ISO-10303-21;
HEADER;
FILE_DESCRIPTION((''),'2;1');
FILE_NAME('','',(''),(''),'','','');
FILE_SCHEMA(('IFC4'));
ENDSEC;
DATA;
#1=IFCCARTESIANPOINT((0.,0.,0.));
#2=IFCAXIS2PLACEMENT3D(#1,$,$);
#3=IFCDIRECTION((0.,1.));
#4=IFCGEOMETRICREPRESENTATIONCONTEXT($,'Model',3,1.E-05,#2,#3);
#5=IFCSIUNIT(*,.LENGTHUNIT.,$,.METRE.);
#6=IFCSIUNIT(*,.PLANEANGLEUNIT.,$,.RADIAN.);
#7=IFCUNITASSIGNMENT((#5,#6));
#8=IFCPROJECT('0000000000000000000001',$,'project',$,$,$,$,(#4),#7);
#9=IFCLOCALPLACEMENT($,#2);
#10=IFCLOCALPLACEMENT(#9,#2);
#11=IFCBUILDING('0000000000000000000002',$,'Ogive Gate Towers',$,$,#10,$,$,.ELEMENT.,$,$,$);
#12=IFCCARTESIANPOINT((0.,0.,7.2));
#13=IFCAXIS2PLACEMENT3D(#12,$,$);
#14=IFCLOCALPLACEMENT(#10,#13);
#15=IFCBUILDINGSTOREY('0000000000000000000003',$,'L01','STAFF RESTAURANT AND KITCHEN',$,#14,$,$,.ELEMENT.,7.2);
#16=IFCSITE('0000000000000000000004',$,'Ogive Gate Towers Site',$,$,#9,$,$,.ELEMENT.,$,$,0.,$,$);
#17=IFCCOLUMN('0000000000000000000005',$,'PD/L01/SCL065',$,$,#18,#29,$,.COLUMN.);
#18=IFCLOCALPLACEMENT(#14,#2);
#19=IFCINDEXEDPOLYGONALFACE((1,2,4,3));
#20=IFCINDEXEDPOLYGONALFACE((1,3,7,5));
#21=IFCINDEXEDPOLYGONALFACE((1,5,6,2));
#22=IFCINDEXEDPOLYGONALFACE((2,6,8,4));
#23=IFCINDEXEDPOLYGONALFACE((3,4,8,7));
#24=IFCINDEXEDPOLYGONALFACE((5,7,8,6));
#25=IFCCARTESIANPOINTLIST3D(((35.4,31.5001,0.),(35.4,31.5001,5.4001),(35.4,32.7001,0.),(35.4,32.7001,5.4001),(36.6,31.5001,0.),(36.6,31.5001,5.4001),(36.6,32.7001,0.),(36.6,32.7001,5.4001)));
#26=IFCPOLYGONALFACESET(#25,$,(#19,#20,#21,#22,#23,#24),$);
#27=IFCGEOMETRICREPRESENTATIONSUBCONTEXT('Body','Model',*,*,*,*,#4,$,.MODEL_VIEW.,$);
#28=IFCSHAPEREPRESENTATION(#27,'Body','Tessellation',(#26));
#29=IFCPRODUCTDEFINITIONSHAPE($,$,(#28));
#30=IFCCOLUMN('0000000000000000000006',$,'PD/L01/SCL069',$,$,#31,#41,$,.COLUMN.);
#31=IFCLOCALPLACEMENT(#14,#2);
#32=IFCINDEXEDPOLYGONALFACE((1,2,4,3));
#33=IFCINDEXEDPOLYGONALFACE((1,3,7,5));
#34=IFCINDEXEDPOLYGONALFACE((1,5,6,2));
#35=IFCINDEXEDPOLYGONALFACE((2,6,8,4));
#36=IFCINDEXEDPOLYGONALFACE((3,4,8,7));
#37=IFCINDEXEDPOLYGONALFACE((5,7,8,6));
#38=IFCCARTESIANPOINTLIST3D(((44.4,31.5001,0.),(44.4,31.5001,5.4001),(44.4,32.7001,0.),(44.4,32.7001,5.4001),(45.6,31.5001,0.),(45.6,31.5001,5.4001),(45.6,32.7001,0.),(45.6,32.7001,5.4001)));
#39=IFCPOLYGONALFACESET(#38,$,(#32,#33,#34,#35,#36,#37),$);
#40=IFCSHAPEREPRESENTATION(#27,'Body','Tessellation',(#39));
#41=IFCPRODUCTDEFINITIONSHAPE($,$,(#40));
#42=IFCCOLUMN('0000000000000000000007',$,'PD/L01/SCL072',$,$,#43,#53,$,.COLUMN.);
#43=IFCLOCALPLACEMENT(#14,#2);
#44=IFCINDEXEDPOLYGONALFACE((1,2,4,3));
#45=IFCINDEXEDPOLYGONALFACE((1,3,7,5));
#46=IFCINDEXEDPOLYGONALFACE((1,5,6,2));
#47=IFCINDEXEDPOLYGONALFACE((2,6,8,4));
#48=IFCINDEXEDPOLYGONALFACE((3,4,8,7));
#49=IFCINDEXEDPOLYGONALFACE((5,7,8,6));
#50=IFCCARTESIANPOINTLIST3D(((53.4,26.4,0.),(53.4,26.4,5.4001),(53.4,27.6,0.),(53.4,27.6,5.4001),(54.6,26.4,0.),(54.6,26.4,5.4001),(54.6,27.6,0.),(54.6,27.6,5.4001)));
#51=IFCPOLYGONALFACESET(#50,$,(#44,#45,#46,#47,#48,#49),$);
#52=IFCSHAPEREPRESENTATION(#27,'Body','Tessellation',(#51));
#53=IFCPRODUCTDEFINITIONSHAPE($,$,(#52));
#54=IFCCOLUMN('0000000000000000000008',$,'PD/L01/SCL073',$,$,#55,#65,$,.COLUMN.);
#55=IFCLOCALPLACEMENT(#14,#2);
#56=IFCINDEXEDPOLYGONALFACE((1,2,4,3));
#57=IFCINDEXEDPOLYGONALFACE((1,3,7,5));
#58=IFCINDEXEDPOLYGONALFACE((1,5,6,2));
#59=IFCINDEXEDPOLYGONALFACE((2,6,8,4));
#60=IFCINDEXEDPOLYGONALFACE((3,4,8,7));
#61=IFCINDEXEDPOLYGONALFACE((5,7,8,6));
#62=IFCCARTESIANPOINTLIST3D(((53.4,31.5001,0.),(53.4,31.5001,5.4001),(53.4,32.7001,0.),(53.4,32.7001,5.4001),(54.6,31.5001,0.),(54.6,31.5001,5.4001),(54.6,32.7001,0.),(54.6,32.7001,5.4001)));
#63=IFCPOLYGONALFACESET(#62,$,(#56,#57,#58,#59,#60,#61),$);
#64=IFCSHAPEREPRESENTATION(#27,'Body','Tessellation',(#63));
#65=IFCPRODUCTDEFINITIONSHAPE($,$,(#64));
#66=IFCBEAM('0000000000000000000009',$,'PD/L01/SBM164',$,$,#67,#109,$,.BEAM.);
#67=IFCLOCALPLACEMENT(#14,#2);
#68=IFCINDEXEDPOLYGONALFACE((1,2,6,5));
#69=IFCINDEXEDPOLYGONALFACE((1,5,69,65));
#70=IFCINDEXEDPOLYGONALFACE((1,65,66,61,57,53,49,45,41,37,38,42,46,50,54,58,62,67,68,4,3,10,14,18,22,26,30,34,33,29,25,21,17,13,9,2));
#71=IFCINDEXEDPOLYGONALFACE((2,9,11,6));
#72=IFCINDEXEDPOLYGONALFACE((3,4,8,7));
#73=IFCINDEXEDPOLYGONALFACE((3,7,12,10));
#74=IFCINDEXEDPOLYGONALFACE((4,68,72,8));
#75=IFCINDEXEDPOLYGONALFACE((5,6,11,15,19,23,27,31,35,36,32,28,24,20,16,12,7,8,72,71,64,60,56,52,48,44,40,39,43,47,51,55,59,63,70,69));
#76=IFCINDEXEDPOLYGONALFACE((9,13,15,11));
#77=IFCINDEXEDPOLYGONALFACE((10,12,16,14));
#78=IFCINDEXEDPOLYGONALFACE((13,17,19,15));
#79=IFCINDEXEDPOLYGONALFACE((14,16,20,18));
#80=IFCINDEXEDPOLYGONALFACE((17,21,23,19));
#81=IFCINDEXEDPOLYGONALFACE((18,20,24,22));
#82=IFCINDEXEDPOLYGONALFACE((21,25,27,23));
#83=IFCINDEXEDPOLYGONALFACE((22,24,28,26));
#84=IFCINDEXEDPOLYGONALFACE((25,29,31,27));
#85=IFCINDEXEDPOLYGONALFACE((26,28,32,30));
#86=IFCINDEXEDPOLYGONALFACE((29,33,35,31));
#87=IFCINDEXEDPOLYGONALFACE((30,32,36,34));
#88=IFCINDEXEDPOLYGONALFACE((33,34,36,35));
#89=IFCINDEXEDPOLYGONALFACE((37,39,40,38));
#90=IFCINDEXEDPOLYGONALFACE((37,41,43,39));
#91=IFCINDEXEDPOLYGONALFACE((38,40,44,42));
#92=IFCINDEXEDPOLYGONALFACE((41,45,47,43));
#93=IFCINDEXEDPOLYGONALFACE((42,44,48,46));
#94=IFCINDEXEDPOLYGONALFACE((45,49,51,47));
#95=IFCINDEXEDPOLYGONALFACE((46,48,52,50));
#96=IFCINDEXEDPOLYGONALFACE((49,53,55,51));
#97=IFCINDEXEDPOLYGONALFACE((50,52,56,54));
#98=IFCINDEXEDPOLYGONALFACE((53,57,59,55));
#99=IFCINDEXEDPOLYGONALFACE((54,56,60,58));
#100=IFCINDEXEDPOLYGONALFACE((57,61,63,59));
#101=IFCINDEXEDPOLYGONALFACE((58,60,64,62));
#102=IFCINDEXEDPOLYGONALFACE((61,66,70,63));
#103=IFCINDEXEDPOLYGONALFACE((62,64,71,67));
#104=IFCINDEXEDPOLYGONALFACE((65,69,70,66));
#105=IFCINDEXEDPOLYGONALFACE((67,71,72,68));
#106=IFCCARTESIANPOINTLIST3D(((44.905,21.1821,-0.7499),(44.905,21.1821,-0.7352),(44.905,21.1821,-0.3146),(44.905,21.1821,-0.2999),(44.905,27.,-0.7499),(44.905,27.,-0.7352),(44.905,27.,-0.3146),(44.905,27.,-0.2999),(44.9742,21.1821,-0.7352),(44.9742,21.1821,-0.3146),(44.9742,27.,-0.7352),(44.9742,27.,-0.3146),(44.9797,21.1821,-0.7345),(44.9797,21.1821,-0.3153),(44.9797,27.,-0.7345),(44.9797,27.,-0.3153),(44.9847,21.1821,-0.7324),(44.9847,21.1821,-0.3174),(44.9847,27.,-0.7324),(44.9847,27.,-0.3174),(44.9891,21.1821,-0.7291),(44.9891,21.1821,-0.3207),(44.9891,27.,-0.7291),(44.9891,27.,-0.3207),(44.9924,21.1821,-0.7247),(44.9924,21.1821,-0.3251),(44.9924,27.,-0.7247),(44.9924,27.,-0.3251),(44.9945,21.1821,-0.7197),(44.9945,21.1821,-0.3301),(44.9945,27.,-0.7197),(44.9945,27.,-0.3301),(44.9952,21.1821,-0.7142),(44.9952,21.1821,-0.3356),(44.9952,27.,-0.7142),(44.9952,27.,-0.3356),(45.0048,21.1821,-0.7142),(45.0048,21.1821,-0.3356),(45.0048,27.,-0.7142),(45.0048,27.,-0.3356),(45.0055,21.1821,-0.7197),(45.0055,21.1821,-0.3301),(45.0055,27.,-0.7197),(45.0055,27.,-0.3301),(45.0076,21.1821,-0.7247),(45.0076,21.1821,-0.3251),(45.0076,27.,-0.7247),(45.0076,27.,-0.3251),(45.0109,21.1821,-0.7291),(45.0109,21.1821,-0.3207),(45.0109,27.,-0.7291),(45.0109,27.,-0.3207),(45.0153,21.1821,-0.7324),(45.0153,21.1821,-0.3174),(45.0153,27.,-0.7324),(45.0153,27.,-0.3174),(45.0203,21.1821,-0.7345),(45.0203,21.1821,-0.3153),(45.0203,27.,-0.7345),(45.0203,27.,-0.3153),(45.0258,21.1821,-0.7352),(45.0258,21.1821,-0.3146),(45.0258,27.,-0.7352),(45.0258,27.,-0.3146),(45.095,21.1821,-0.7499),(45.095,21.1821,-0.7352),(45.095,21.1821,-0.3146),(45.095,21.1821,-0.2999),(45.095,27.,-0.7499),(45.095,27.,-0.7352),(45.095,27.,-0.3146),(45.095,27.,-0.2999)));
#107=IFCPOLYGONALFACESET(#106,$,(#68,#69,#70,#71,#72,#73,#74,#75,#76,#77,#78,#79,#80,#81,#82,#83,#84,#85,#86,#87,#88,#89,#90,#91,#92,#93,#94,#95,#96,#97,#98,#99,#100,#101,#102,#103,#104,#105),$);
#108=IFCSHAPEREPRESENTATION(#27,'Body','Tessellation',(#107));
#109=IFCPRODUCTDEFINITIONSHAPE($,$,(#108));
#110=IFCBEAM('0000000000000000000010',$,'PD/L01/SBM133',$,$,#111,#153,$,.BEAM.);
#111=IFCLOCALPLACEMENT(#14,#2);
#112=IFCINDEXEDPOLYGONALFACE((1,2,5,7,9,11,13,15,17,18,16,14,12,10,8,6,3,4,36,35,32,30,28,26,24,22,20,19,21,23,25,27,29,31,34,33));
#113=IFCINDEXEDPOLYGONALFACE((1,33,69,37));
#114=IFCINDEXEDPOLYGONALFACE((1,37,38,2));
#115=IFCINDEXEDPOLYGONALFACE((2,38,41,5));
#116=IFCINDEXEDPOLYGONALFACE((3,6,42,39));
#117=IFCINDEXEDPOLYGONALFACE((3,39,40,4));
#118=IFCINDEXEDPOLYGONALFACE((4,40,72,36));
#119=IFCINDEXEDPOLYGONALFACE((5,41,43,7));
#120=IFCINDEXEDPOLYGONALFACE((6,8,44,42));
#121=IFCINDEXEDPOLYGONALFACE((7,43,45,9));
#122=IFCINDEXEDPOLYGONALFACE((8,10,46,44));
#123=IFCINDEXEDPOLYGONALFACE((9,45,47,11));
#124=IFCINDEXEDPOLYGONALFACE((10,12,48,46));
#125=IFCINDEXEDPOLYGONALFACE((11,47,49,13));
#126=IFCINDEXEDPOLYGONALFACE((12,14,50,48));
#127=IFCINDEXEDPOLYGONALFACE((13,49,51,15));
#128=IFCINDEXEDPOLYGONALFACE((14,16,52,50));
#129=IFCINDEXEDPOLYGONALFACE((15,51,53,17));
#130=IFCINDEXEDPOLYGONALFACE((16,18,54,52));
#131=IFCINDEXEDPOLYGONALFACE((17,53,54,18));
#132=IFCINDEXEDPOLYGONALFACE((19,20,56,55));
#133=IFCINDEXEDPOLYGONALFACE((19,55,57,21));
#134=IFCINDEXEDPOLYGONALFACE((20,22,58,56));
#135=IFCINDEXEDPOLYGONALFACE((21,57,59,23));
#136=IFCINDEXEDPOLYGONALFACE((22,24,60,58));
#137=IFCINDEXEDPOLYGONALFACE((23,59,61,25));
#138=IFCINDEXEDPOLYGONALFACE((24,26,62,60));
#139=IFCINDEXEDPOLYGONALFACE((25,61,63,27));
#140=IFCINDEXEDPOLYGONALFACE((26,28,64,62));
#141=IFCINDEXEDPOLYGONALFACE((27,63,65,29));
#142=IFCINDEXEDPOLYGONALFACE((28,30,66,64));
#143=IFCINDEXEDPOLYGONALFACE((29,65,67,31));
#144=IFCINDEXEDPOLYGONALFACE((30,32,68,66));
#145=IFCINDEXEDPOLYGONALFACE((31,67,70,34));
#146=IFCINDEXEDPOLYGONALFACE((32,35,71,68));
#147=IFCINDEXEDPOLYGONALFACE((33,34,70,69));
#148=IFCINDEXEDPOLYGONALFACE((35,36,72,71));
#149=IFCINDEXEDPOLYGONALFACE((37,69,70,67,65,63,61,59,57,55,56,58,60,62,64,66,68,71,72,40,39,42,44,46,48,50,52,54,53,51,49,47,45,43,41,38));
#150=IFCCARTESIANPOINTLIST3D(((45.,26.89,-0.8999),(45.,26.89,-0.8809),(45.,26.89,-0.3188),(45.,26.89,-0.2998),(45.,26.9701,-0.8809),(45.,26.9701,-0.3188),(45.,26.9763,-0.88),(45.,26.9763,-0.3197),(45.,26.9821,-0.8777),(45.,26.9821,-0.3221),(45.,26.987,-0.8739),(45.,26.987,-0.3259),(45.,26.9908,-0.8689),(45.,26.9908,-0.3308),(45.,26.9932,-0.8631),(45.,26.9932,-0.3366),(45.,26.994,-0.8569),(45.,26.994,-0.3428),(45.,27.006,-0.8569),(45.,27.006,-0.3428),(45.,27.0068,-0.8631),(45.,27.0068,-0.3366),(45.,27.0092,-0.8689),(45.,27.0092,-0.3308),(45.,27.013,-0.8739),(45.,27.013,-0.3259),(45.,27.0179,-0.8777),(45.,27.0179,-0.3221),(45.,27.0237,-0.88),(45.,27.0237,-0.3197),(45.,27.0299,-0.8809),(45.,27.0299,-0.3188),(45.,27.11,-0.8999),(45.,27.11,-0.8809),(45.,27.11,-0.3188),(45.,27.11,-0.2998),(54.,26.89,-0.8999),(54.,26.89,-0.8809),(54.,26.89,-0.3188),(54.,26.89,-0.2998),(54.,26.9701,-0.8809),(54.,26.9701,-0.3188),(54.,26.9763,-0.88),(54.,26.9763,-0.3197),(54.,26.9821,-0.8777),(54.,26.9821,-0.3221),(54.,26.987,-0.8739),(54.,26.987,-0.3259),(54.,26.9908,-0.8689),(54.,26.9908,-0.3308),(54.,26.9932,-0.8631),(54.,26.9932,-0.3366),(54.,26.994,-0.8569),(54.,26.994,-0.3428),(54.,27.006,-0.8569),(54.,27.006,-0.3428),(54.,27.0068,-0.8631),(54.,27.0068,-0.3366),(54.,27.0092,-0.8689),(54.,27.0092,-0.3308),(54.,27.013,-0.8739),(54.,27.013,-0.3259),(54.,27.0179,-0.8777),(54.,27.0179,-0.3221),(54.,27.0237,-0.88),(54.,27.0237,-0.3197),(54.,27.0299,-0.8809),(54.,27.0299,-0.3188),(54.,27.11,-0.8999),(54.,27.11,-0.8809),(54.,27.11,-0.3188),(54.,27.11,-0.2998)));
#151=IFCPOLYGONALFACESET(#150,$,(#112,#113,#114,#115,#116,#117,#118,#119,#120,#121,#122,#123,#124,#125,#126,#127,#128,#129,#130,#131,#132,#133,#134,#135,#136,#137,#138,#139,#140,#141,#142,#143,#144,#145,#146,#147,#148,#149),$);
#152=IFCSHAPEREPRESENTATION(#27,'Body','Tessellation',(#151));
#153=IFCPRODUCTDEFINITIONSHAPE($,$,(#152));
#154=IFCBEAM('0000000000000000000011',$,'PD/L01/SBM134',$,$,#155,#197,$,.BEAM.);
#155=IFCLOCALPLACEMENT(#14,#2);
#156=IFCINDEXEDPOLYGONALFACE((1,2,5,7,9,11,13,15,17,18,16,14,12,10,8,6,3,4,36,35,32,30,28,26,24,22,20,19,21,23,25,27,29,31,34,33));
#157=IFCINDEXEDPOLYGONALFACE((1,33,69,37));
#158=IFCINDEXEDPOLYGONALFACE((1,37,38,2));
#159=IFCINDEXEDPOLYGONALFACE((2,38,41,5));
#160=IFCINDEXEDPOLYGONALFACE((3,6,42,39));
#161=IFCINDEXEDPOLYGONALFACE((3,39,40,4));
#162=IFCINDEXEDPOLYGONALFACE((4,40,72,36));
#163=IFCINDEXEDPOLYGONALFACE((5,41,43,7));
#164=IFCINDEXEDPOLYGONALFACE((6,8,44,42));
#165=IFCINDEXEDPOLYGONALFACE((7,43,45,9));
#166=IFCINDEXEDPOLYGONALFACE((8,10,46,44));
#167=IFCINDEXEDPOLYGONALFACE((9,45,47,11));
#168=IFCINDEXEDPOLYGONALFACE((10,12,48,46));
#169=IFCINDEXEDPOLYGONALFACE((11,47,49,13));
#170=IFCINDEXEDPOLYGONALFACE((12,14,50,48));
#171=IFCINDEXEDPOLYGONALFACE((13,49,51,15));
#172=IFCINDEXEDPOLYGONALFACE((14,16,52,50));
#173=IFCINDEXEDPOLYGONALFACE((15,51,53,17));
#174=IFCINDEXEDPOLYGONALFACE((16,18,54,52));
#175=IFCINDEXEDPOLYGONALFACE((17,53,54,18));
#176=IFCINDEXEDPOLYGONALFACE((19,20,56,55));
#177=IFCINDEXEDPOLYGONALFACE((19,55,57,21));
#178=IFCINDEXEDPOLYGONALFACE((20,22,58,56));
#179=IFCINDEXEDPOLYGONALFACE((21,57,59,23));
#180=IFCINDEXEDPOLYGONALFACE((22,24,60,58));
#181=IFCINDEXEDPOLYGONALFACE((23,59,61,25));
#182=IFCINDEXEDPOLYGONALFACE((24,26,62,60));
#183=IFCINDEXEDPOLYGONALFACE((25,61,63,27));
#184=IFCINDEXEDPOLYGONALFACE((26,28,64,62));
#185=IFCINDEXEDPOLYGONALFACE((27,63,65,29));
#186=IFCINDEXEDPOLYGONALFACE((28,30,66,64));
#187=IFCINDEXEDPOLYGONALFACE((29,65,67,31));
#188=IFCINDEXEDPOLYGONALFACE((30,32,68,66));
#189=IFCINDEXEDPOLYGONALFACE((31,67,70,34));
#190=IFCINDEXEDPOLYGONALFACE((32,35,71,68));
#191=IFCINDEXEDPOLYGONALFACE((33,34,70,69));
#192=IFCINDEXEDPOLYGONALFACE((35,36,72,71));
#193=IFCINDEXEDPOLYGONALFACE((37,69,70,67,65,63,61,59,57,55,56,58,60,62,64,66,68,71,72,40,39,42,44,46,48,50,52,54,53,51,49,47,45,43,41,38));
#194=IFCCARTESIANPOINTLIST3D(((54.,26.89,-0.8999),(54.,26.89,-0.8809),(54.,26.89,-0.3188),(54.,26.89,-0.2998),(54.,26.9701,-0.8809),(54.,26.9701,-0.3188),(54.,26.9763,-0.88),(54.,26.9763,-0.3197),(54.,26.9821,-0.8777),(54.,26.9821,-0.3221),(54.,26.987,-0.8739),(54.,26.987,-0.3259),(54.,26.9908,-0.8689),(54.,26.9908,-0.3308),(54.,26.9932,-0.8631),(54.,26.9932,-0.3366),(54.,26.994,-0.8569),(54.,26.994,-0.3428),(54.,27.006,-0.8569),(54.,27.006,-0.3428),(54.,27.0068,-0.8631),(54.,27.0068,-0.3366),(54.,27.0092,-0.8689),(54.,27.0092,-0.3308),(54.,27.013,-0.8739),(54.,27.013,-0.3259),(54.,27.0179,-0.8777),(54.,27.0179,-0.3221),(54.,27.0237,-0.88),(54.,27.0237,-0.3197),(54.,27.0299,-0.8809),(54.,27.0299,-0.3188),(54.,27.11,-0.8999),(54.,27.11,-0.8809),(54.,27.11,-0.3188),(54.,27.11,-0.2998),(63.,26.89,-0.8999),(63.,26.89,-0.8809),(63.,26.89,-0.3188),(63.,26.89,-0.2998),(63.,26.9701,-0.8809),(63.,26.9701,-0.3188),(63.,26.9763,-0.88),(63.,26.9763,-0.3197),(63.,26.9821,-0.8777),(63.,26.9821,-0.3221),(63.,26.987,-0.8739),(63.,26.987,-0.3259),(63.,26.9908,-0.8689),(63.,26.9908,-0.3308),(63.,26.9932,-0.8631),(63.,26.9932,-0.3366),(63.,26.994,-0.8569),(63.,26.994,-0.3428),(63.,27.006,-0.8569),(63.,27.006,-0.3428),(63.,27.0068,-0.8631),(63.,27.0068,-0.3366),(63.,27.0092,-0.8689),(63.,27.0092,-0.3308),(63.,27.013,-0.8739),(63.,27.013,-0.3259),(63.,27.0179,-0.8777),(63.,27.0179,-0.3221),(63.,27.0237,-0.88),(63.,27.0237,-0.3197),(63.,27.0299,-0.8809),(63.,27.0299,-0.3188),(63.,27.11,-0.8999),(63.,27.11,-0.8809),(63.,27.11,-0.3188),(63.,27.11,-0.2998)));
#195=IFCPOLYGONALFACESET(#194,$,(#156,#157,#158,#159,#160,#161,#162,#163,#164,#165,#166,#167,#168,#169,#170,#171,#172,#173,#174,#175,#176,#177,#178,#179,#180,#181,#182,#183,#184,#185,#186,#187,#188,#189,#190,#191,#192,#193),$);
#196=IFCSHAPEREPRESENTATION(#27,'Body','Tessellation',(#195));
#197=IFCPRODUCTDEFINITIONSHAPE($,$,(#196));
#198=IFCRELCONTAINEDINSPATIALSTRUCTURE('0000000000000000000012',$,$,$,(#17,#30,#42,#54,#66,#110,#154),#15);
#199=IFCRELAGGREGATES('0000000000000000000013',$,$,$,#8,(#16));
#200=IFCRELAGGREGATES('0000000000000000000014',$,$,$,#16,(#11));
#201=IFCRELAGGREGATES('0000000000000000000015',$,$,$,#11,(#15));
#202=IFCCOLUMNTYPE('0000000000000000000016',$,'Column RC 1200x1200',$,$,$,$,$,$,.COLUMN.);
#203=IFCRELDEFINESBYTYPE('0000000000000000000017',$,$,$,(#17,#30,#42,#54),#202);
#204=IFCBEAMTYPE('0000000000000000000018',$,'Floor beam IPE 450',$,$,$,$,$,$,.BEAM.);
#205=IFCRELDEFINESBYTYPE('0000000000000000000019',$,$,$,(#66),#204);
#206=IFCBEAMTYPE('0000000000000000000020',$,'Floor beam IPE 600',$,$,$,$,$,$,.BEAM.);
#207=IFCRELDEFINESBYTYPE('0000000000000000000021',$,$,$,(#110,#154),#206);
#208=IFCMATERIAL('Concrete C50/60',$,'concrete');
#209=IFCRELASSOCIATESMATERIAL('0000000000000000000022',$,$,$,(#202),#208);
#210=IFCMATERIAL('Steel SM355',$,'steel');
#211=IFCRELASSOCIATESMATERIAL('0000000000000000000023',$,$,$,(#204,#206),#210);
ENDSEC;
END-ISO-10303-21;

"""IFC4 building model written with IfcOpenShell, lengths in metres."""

from ifc_helpers import new_model, si_unit, direction, frame, origin, origin_2d, place, context, subcontext, project, spatial, rectangle, i_section, extrude, material, material_profile, profile_set, type_object, element, save


model = new_model("IFC4")

# Units and contexts
model_context = context("Model", 3, precision=1e-05, world=origin(), true_north=direction((0.0, 1.0)))
body_context = subcontext(model_context, "Body", "Model", "MODEL_VIEW")
ifc_project = project(units=[si_unit("LENGTHUNIT", "METRE"), si_unit("PLANEANGLEUNIT", "RADIAN")], contexts=[model_context])

# Site, building, storey
site_placement = place(None, origin())
site = spatial("IfcSite", under=ifc_project, at=site_placement, Name="Ogive Gate Towers Site", CompositionType="ELEMENT", RefElevation=0.0)
building_placement = place(site_placement, origin())
building = spatial("IfcBuilding", under=site, at=building_placement, Name="Ogive Gate Towers", CompositionType="ELEMENT")
storey_placement = place(building_placement, frame((0.0, 0.0, 7.2)))
storey = spatial("IfcBuildingStorey", under=building, at=storey_placement, Name="L01", Description="STAFF RESTAURANT AND KITCHEN", CompositionType="ELEMENT", Elevation=7.2)

# Columns
ifc_material_1 = material(Name="Concrete C50/60", Category="concrete")
ifc_material_profile_1 = material_profile(ifc_material_1, rectangle(XDim=1.2, YDim=1.2, at=origin_2d()), Name="RC 1200x1200")
ifc_profile_set_1 = profile_set([ifc_material_profile_1], Name="Concrete C50/60")
column_type = type_object("IfcColumnType", Name="Column RC 1200x1200", PredefinedType="COLUMN", material=ifc_profile_set_1)
for number, where, z_axis, x_axis, name in (
    (1, (36.0, 32.1001, 0.0), (0.0, 0.0, 1.0), (1.0, 0.0, 0.0), "PD/L01/SCL065"),
    (2, (45.0, 32.1001, 0.0), (0.0, 0.0, 1.0), (1.0, 0.0, 0.0), "PD/L01/SCL069"),
    (3, (54.0, 27.0, 0.0), (0.0, 0.0, 1.0), (1.0, 0.0, 0.0), "PD/L01/SCL072"),
    (4, (54.0, 32.1001, 0.0), (0.0, 0.0, 1.0), (1.0, 0.0, 0.0), "PD/L01/SCL073"),
):
    element("IfcColumn", number, at=place(storey_placement, frame(where, z_axis=z_axis, x_axis=x_axis)), inside=storey, type_object=column_type, Name=name, PredefinedType="COLUMN", context=body_context, shape_type="SweptSolid", body=[
        extrude(rectangle(XDim=1.2, YDim=1.2, at=origin_2d()), origin(), (0.0, 0.0, 1.0), 5.4001),
    ])

# Beams
ifc_material_2 = material(Name="Steel SM355", Category="steel")
ifc_material_profile_2 = material_profile(ifc_material_2, i_section(OverallWidth=0.1899, OverallDepth=0.45, WebThickness=0.0095, FlangeThickness=0.0146, FilletRadius=0.021, at=origin_2d()), Name="IPE 450")
ifc_profile_set_2 = profile_set([ifc_material_profile_2], Name="Steel SM355")
beam_type_1 = type_object("IfcBeamType", Name="Floor beam IPE 450", PredefinedType="BEAM", material=ifc_profile_set_2)
beam_placement = place(storey_placement, frame((45.0, 27.0, -0.5249), z_axis=(0.0, -1.0, 0.0), x_axis=(1.0, 0.0, 0.0)))
element("IfcBeam", 5, at=beam_placement, inside=storey, type_object=beam_type_1, Name="PD/L01/SBM164", PredefinedType="BEAM", context=body_context, shape_type="SweptSolid", body=[
    extrude(i_section(OverallWidth=0.1899, OverallDepth=0.45, WebThickness=0.0095, FlangeThickness=0.0146, FilletRadius=0.021, at=origin_2d()), origin(), (0.0, 0.0, 1.0), 5.8179),
])
ifc_material_profile_3 = material_profile(ifc_material_2, i_section(OverallWidth=0.22, OverallDepth=0.6001, WebThickness=0.012, FlangeThickness=0.019, FilletRadius=0.0239, at=origin_2d()), Name="IPE 600")
ifc_profile_set_3 = profile_set([ifc_material_profile_3], Name="Steel SM355")
beam_type_2 = type_object("IfcBeamType", Name="Floor beam IPE 600", PredefinedType="BEAM", material=ifc_profile_set_3)
for number, where, z_axis, x_axis, name in (
    (6, (45.0, 27.0, -0.5999), (1.0, 0.0, 0.0), (0.0, 1.0, 0.0), "PD/L01/SBM133"),
    (7, (54.0, 27.0, -0.5999), (1.0, 0.0, 0.0), (0.0, 1.0, 0.0), "PD/L01/SBM134"),
):
    element("IfcBeam", number, at=place(storey_placement, frame(where, z_axis=z_axis, x_axis=x_axis)), inside=storey, type_object=beam_type_2, Name=name, PredefinedType="BEAM", context=body_context, shape_type="SweptSolid", body=[
        extrude(i_section(OverallWidth=0.22, OverallDepth=0.6001, WebThickness=0.012, FlangeThickness=0.019, FilletRadius=0.0239, at=origin_2d()), origin(), (0.0, 0.0, 1.0), 9.0),
    ])

save(model, "model.ifc")
